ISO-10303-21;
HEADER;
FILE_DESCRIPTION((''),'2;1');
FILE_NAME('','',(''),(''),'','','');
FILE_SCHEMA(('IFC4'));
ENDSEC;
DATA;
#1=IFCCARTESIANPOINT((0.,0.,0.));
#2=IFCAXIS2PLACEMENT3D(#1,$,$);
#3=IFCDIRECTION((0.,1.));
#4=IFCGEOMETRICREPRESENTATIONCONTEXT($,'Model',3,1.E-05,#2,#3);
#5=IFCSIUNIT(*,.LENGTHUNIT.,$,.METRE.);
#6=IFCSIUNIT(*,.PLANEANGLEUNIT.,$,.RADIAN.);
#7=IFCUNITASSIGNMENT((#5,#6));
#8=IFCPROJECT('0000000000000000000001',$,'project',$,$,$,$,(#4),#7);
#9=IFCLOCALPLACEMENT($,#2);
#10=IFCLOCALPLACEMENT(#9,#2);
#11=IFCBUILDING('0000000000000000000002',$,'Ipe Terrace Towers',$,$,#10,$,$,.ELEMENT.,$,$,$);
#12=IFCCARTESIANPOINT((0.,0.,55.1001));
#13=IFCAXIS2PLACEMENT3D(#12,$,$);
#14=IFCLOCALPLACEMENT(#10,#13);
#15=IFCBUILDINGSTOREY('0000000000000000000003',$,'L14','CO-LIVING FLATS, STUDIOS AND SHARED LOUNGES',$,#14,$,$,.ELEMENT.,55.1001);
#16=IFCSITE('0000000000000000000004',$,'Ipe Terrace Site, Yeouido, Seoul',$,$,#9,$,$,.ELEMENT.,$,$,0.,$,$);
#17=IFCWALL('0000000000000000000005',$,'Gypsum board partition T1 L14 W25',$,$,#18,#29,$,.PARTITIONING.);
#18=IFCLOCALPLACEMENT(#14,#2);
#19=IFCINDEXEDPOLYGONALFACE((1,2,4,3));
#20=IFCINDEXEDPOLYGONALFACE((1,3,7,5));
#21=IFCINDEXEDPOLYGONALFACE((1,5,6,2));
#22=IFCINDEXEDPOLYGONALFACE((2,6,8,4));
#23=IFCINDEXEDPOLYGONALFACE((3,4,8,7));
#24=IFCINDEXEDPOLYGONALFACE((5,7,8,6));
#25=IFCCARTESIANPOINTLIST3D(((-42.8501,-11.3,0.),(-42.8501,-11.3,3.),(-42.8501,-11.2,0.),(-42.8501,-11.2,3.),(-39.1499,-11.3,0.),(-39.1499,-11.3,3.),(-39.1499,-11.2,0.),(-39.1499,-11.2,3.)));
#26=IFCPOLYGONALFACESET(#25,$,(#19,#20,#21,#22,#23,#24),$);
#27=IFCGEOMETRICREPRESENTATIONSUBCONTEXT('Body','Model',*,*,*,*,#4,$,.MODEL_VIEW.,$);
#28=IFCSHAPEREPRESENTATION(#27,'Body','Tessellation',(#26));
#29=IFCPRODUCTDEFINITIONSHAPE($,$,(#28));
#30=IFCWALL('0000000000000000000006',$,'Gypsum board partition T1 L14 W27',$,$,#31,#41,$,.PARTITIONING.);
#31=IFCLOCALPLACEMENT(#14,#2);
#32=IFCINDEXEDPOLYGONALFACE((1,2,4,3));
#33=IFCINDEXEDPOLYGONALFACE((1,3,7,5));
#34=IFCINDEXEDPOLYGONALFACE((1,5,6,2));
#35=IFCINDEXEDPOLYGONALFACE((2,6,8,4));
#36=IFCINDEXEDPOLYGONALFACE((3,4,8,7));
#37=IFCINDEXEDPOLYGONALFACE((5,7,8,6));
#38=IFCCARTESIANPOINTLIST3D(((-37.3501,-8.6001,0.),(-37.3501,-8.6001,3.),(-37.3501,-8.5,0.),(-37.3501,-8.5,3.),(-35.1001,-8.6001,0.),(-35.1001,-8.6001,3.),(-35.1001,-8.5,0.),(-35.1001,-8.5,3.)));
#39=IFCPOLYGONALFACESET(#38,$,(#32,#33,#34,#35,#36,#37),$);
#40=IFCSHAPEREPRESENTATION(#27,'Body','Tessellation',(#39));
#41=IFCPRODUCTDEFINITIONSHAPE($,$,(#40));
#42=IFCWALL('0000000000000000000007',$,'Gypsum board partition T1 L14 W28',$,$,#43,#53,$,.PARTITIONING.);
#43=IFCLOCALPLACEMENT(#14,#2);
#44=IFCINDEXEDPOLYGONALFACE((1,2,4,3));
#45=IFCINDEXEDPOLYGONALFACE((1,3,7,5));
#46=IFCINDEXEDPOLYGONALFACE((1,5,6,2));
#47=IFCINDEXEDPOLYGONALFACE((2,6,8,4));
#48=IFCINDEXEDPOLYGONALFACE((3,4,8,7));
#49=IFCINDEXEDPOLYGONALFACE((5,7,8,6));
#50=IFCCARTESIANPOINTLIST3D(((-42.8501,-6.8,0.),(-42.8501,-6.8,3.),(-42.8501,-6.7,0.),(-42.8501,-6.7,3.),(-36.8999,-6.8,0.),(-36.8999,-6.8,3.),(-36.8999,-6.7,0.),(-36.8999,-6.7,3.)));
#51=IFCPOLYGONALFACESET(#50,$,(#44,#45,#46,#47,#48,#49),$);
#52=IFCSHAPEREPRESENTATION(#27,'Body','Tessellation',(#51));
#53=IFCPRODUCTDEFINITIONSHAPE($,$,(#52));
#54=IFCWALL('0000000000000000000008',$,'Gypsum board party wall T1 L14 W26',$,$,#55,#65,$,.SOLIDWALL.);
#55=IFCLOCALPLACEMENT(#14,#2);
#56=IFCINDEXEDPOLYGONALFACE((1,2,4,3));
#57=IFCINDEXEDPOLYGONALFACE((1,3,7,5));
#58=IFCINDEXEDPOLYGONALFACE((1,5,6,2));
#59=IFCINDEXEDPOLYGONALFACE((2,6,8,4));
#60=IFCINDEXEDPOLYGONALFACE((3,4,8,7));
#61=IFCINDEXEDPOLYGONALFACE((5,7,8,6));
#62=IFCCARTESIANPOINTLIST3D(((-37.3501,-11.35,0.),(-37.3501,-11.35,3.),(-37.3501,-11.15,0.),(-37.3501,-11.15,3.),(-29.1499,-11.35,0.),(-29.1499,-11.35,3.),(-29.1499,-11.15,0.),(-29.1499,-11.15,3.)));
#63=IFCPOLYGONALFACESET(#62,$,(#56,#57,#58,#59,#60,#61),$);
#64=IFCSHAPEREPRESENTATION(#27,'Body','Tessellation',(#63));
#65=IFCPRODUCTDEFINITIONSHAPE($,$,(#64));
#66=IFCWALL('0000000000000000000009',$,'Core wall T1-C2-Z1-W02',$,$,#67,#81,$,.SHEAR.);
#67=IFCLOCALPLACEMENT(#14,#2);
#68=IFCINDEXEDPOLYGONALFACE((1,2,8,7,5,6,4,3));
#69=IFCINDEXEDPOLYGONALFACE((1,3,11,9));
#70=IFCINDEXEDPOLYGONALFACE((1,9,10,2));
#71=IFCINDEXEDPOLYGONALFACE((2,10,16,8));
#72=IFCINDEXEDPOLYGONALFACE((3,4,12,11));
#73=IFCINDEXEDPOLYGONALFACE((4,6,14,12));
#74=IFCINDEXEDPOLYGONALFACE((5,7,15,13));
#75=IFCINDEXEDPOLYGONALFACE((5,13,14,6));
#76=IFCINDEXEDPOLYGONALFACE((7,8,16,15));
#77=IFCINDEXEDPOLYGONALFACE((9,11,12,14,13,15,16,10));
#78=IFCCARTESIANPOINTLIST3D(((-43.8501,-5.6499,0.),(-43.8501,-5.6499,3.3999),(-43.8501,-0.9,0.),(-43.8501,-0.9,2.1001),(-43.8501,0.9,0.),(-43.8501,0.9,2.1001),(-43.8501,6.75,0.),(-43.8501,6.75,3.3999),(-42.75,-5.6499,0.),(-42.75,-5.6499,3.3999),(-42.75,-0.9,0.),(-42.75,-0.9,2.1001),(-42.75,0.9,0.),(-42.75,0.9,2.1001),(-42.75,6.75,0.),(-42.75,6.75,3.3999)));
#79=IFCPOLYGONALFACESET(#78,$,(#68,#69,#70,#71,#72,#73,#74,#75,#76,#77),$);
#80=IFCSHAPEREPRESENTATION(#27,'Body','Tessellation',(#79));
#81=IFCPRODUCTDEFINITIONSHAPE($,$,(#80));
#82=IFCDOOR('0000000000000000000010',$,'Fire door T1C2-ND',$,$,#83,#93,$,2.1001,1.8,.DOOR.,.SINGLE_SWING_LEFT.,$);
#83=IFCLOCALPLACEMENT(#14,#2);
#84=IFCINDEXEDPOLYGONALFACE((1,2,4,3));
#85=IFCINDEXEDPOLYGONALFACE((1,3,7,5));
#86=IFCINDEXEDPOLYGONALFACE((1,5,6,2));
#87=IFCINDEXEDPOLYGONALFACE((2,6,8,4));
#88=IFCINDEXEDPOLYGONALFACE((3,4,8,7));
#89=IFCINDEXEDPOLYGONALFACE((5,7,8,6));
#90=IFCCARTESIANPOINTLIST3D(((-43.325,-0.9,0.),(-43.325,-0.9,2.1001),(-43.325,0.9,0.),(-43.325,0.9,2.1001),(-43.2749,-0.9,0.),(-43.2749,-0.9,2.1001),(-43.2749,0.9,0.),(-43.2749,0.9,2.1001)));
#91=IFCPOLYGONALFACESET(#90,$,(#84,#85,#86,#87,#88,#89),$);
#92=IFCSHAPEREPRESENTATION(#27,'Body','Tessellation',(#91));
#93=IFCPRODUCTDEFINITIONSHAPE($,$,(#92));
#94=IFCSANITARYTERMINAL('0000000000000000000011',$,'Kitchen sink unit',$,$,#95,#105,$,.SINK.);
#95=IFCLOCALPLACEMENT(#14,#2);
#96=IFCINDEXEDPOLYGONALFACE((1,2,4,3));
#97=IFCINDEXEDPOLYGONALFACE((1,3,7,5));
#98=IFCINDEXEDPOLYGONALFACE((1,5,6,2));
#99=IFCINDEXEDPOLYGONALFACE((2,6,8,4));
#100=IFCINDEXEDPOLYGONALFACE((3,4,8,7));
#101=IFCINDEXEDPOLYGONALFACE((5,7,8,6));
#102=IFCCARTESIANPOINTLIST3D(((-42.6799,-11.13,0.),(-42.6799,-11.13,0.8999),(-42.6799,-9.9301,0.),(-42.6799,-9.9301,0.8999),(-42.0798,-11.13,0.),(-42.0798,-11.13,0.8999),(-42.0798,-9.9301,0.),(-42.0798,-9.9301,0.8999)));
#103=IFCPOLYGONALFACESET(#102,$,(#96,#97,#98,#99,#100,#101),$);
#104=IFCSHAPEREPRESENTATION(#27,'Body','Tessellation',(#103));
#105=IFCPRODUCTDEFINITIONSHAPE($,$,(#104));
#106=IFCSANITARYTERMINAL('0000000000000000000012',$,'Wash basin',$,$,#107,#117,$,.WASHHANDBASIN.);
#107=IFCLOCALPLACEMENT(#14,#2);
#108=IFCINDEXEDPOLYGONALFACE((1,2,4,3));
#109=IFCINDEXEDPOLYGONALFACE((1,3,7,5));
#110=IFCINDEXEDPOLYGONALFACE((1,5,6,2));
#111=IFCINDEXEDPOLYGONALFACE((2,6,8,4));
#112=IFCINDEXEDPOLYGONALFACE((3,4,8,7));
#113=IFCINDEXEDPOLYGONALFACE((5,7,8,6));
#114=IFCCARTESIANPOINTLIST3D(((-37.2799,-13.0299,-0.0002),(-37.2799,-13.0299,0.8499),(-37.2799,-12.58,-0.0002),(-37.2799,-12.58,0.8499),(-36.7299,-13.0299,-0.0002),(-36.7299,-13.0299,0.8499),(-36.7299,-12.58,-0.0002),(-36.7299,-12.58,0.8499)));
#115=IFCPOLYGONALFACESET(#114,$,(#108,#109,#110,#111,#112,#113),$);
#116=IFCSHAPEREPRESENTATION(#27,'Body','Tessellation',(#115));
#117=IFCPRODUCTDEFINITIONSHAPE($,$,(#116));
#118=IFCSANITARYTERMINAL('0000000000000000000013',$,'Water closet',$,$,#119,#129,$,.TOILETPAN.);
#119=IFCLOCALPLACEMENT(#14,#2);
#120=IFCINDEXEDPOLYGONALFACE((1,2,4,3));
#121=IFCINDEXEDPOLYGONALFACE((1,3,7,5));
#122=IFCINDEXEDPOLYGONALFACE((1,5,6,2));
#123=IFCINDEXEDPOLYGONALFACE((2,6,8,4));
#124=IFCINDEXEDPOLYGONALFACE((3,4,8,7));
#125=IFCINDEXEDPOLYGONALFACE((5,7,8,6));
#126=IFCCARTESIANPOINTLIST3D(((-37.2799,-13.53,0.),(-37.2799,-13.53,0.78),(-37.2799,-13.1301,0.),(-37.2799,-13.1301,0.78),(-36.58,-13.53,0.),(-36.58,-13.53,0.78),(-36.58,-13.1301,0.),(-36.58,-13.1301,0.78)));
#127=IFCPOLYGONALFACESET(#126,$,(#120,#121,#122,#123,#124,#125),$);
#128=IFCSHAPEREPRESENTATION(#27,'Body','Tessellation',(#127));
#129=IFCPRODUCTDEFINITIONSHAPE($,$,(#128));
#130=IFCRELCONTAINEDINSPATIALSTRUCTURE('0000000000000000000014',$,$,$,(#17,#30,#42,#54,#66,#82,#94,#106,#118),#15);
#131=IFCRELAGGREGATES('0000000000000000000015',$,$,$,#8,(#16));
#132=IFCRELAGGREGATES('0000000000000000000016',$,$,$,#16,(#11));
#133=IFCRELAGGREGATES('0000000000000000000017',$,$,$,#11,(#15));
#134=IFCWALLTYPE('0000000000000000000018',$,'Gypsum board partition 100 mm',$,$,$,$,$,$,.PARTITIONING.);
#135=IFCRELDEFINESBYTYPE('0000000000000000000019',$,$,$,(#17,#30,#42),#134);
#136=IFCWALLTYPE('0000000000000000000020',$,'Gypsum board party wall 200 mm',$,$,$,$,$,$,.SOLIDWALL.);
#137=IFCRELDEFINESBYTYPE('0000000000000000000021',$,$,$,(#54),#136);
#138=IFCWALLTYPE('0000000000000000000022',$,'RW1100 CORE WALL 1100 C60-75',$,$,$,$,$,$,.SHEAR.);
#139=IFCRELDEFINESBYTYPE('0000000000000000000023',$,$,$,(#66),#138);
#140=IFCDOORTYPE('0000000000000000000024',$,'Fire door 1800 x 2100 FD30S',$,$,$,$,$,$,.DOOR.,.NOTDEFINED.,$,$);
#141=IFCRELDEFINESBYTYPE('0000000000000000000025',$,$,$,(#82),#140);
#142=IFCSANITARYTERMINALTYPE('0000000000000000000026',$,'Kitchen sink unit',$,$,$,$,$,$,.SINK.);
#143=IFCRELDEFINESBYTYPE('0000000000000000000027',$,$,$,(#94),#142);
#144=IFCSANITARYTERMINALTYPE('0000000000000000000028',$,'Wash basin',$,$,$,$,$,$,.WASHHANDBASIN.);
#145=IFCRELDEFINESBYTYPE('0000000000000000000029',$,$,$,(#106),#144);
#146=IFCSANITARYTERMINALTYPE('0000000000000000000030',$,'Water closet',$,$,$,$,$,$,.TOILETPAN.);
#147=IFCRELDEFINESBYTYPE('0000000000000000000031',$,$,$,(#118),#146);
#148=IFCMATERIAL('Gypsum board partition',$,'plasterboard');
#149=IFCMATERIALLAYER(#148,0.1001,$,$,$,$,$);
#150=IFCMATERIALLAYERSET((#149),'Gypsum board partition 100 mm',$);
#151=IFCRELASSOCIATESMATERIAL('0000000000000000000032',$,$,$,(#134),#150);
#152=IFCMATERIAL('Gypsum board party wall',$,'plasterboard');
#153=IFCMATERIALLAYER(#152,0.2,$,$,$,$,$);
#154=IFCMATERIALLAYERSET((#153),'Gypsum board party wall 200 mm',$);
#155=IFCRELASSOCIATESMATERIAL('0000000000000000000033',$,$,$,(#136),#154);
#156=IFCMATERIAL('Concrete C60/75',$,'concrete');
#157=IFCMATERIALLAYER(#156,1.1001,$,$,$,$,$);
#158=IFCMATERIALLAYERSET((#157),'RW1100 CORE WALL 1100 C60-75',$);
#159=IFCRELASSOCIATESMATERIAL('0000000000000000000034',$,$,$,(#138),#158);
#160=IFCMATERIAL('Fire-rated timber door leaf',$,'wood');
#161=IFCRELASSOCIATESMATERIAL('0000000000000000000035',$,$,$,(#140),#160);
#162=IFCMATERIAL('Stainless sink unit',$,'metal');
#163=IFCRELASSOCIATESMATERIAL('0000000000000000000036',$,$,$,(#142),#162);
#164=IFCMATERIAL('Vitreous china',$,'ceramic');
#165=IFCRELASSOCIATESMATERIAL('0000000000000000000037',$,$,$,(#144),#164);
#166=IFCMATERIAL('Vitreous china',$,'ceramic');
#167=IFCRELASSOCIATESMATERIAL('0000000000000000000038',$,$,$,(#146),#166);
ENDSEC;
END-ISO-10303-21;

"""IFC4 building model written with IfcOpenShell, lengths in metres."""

from ifc_helpers import new_model, si_unit, direction, frame, frame_2d, origin, origin_2d, place, context, subcontext, project, spatial, rectangle, extrude, material, layer, layer_set, type_object, element, fill, save


model = new_model("IFC4")

# Units and contexts
model_context = context("Model", 3, precision=1e-05, world=origin(), true_north=direction((0.0, 1.0)))
body_context = subcontext(model_context, "Body", "Model", "MODEL_VIEW")
ifc_project = project(units=[si_unit("LENGTHUNIT", "METRE"), si_unit("PLANEANGLEUNIT", "RADIAN")], contexts=[model_context])

# Site, building, storey
site_placement = place(None, origin())
site = spatial("IfcSite", under=ifc_project, at=site_placement, Name="Ipe Terrace Site, Yeouido, Seoul", CompositionType="ELEMENT", RefElevation=0.0)
building_placement = place(site_placement, origin())
building = spatial("IfcBuilding", under=site, at=building_placement, Name="Ipe Terrace Towers", CompositionType="ELEMENT")
storey_placement = place(building_placement, frame((0.0, 0.0, 55.1001)))
storey = spatial("IfcBuildingStorey", under=building, at=storey_placement, Name="L14", Description="CO-LIVING FLATS, STUDIOS AND SHARED LOUNGES", CompositionType="ELEMENT", Elevation=55.1001)

# Shared definitions
ifc_material_1 = material(Name="Gypsum board partition", Category="plasterboard")
ifc_layer_1 = layer(ifc_material_1, 0.1001)
ifc_layer_set_1 = layer_set([ifc_layer_1], Name="Gypsum board partition 100 mm")
wall_type_1 = type_object("IfcWallType", Name="Gypsum board partition 100 mm", PredefinedType="PARTITIONING", material=ifc_layer_set_1)

# Walls
wall_1_placement = place(storey_placement, frame((-42.8501, -11.25, 0.0), z_axis=(0.0, 0.0, 1.0), x_axis=(1.0, 0.0, 0.0)))
element("IfcWall", 1, at=wall_1_placement, inside=storey, type_object=wall_type_1, Name="Gypsum board partition T1 L14 W25", PredefinedType="PARTITIONING", context=body_context, shape_type="SweptSolid", body=[
    extrude(rectangle(XDim=3.7002, YDim=0.1001, at=frame_2d((1.8501, 0.0))), origin(), (0.0, 0.0, 1.0), 3.0),
])
wall_2_placement = place(storey_placement, frame((-37.3501, -8.55, 0.0), z_axis=(0.0, 0.0, 1.0), x_axis=(1.0, 0.0, 0.0)))
element("IfcWall", 2, at=wall_2_placement, inside=storey, type_object=wall_type_1, Name="Gypsum board partition T1 L14 W27", PredefinedType="PARTITIONING", context=body_context, shape_type="SweptSolid", body=[
    extrude(rectangle(XDim=2.25, YDim=0.1001, at=frame_2d((1.125, 0.0))), origin(), (0.0, 0.0, 1.0), 3.0),
])
wall_3_placement = place(storey_placement, frame((-42.8501, -6.75, 0.0), z_axis=(0.0, 0.0, 1.0), x_axis=(1.0, 0.0, 0.0)))
element("IfcWall", 3, at=wall_3_placement, inside=storey, type_object=wall_type_1, Name="Gypsum board partition T1 L14 W28", PredefinedType="PARTITIONING", context=body_context, shape_type="SweptSolid", body=[
    extrude(rectangle(XDim=5.9502, YDim=0.1001, at=frame_2d((2.9751, 0.0))), origin(), (0.0, 0.0, 1.0), 3.0),
])
ifc_material_2 = material(Name="Gypsum board party wall", Category="plasterboard")
ifc_layer_2 = layer(ifc_material_2, 0.2)
ifc_layer_set_2 = layer_set([ifc_layer_2], Name="Gypsum board party wall 200 mm")
wall_type_2 = type_object("IfcWallType", Name="Gypsum board party wall 200 mm", PredefinedType="SOLIDWALL", material=ifc_layer_set_2)
wall_4_placement = place(storey_placement, frame((-37.3501, -11.25, 0.0), z_axis=(0.0, 0.0, 1.0), x_axis=(1.0, 0.0, 0.0)))
element("IfcWall", 4, at=wall_4_placement, inside=storey, type_object=wall_type_2, Name="Gypsum board party wall T1 L14 W26", PredefinedType="SOLIDWALL", context=body_context, shape_type="SweptSolid", body=[
    extrude(rectangle(XDim=8.2002, YDim=0.2, at=frame_2d((4.1001, 0.0))), origin(), (0.0, 0.0, 1.0), 3.0),
])

# Wall, opening, door
ifc_material_3 = material(Name="Concrete C60/75", Category="concrete")
ifc_layer_3 = layer(ifc_material_3, 1.1001)
ifc_layer_set_3 = layer_set([ifc_layer_3], Name="RW1100 CORE WALL 1100 C60-75")
wall_type_3 = type_object("IfcWallType", Name="RW1100 CORE WALL 1100 C60-75", PredefinedType="SHEAR", material=ifc_layer_set_3)
wall_5_placement = place(storey_placement, frame((-43.3, -5.6499, 0.0), z_axis=(0.0, 0.0, 1.0), x_axis=(0.0, 1.0, 0.0)))
wall_5 = element("IfcWall", 5, at=wall_5_placement, inside=storey, type_object=wall_type_3, Name="Core wall T1-C2-Z1-W02", PredefinedType="SHEAR", context=body_context, shape_type="SweptSolid", body=[
    extrude(rectangle(XDim=12.3999, YDim=1.1001, at=frame_2d((6.2, 0.0))), origin(), (0.0, 0.0, 1.0), 3.3999),
])
opening_1_placement = place(wall_5_placement, frame((4.75, 0.0, 0.0)))
opening_1 = element("IfcOpeningElement", 6, at=opening_1_placement, cuts=wall_5, PredefinedType="OPENING", context=body_context, shape_type="SweptSolid", body=[
    extrude(rectangle(XDim=1.8, YDim=2.1001, at=frame_2d((0.8999, 1.05))), frame((0.0, 0.5601, 0.0), z_axis=(0.0, -1.0, 0.0), x_axis=(1.0, 0.0, 0.0)), (0.0, 0.0, 1.0), 1.1201),
])
ifc_material_4 = material(Name="Fire-rated timber door leaf", Category="wood")
door_type_1 = type_object("IfcDoorType", Name="Fire door 1800 x 2100 FD30S", OperationType="NOTDEFINED", PredefinedType="DOOR", material=ifc_material_4)
door_1_placement = place(opening_1_placement, origin())
door_1 = element("IfcDoor", 7, at=door_1_placement, inside=storey, type_object=door_type_1, Name="Fire door T1C2-ND", OperationType="SINGLE_SWING_LEFT", OverallHeight=2.1001, OverallWidth=1.8, PredefinedType="DOOR", context=body_context, shape_type="SweptSolid", body=[
    extrude(rectangle(XDim=1.8, YDim=2.1001, at=frame_2d((0.8999, 1.05))), frame((0.0, 0.0249, 0.0), z_axis=(0.0, -1.0, 0.0), x_axis=(1.0, 0.0, 0.0)), (0.0, 0.0, 1.0), 0.05),
])
fill(opening_1, door_1)

# Sanitary terminals
ifc_material_5 = material(Name="Stainless sink unit", Category="metal")
sanitary_terminal_type_1 = type_object("IfcSanitaryTerminalType", Name="Kitchen sink unit", PredefinedType="SINK", material=ifc_material_5)
sanitary_terminal_1_placement = place(storey_placement, frame((-42.3799, -10.53, 0.0), z_axis=(0.0, 0.0, 1.0), x_axis=(0.0, 1.0, 0.0)))
element("IfcSanitaryTerminal", 8, at=sanitary_terminal_1_placement, inside=storey, type_object=sanitary_terminal_type_1, Name="Kitchen sink unit", PredefinedType="SINK", context=body_context, shape_type="SweptSolid", body=[
    extrude(rectangle(XDim=1.2, YDim=0.6001, at=origin_2d()), origin(), (0.0, 0.0, 1.0), 0.8999),
])
ifc_material_6 = material(Name="Vitreous china", Category="ceramic")
sanitary_terminal_type_2 = type_object("IfcSanitaryTerminalType", Name="Wash basin", PredefinedType="WASHHANDBASIN", material=ifc_material_6)
sanitary_terminal_2_placement = place(storey_placement, frame((-37.0049, -12.8049, -0.0002), z_axis=(0.0, 0.0, 1.0), x_axis=(1.0, 0.0, 0.0)))
element("IfcSanitaryTerminal", 9, at=sanitary_terminal_2_placement, inside=storey, type_object=sanitary_terminal_type_2, Name="Wash basin", PredefinedType="WASHHANDBASIN", context=body_context, shape_type="SweptSolid", body=[
    extrude(rectangle(XDim=0.55, YDim=0.45, at=origin_2d()), origin(), (0.0, 0.0, 1.0), 0.8501),
])
ifc_material_7 = material(Name="Vitreous china", Category="ceramic")
sanitary_terminal_type_3 = type_object("IfcSanitaryTerminalType", Name="Water closet", PredefinedType="TOILETPAN", material=ifc_material_7)
sanitary_terminal_3_placement = place(storey_placement, frame((-36.9299, -13.3301, 0.0), z_axis=(0.0, 0.0, 1.0), x_axis=(1.0, 0.0, 0.0)))
element("IfcSanitaryTerminal", 10, at=sanitary_terminal_3_placement, inside=storey, type_object=sanitary_terminal_type_3, Name="Water closet", PredefinedType="TOILETPAN", context=body_context, shape_type="SweptSolid", body=[
    extrude(rectangle(XDim=0.7, YDim=0.3999, at=origin_2d()), origin(), (0.0, 0.0, 1.0), 0.78),
])

save(model, "model.ifc")
